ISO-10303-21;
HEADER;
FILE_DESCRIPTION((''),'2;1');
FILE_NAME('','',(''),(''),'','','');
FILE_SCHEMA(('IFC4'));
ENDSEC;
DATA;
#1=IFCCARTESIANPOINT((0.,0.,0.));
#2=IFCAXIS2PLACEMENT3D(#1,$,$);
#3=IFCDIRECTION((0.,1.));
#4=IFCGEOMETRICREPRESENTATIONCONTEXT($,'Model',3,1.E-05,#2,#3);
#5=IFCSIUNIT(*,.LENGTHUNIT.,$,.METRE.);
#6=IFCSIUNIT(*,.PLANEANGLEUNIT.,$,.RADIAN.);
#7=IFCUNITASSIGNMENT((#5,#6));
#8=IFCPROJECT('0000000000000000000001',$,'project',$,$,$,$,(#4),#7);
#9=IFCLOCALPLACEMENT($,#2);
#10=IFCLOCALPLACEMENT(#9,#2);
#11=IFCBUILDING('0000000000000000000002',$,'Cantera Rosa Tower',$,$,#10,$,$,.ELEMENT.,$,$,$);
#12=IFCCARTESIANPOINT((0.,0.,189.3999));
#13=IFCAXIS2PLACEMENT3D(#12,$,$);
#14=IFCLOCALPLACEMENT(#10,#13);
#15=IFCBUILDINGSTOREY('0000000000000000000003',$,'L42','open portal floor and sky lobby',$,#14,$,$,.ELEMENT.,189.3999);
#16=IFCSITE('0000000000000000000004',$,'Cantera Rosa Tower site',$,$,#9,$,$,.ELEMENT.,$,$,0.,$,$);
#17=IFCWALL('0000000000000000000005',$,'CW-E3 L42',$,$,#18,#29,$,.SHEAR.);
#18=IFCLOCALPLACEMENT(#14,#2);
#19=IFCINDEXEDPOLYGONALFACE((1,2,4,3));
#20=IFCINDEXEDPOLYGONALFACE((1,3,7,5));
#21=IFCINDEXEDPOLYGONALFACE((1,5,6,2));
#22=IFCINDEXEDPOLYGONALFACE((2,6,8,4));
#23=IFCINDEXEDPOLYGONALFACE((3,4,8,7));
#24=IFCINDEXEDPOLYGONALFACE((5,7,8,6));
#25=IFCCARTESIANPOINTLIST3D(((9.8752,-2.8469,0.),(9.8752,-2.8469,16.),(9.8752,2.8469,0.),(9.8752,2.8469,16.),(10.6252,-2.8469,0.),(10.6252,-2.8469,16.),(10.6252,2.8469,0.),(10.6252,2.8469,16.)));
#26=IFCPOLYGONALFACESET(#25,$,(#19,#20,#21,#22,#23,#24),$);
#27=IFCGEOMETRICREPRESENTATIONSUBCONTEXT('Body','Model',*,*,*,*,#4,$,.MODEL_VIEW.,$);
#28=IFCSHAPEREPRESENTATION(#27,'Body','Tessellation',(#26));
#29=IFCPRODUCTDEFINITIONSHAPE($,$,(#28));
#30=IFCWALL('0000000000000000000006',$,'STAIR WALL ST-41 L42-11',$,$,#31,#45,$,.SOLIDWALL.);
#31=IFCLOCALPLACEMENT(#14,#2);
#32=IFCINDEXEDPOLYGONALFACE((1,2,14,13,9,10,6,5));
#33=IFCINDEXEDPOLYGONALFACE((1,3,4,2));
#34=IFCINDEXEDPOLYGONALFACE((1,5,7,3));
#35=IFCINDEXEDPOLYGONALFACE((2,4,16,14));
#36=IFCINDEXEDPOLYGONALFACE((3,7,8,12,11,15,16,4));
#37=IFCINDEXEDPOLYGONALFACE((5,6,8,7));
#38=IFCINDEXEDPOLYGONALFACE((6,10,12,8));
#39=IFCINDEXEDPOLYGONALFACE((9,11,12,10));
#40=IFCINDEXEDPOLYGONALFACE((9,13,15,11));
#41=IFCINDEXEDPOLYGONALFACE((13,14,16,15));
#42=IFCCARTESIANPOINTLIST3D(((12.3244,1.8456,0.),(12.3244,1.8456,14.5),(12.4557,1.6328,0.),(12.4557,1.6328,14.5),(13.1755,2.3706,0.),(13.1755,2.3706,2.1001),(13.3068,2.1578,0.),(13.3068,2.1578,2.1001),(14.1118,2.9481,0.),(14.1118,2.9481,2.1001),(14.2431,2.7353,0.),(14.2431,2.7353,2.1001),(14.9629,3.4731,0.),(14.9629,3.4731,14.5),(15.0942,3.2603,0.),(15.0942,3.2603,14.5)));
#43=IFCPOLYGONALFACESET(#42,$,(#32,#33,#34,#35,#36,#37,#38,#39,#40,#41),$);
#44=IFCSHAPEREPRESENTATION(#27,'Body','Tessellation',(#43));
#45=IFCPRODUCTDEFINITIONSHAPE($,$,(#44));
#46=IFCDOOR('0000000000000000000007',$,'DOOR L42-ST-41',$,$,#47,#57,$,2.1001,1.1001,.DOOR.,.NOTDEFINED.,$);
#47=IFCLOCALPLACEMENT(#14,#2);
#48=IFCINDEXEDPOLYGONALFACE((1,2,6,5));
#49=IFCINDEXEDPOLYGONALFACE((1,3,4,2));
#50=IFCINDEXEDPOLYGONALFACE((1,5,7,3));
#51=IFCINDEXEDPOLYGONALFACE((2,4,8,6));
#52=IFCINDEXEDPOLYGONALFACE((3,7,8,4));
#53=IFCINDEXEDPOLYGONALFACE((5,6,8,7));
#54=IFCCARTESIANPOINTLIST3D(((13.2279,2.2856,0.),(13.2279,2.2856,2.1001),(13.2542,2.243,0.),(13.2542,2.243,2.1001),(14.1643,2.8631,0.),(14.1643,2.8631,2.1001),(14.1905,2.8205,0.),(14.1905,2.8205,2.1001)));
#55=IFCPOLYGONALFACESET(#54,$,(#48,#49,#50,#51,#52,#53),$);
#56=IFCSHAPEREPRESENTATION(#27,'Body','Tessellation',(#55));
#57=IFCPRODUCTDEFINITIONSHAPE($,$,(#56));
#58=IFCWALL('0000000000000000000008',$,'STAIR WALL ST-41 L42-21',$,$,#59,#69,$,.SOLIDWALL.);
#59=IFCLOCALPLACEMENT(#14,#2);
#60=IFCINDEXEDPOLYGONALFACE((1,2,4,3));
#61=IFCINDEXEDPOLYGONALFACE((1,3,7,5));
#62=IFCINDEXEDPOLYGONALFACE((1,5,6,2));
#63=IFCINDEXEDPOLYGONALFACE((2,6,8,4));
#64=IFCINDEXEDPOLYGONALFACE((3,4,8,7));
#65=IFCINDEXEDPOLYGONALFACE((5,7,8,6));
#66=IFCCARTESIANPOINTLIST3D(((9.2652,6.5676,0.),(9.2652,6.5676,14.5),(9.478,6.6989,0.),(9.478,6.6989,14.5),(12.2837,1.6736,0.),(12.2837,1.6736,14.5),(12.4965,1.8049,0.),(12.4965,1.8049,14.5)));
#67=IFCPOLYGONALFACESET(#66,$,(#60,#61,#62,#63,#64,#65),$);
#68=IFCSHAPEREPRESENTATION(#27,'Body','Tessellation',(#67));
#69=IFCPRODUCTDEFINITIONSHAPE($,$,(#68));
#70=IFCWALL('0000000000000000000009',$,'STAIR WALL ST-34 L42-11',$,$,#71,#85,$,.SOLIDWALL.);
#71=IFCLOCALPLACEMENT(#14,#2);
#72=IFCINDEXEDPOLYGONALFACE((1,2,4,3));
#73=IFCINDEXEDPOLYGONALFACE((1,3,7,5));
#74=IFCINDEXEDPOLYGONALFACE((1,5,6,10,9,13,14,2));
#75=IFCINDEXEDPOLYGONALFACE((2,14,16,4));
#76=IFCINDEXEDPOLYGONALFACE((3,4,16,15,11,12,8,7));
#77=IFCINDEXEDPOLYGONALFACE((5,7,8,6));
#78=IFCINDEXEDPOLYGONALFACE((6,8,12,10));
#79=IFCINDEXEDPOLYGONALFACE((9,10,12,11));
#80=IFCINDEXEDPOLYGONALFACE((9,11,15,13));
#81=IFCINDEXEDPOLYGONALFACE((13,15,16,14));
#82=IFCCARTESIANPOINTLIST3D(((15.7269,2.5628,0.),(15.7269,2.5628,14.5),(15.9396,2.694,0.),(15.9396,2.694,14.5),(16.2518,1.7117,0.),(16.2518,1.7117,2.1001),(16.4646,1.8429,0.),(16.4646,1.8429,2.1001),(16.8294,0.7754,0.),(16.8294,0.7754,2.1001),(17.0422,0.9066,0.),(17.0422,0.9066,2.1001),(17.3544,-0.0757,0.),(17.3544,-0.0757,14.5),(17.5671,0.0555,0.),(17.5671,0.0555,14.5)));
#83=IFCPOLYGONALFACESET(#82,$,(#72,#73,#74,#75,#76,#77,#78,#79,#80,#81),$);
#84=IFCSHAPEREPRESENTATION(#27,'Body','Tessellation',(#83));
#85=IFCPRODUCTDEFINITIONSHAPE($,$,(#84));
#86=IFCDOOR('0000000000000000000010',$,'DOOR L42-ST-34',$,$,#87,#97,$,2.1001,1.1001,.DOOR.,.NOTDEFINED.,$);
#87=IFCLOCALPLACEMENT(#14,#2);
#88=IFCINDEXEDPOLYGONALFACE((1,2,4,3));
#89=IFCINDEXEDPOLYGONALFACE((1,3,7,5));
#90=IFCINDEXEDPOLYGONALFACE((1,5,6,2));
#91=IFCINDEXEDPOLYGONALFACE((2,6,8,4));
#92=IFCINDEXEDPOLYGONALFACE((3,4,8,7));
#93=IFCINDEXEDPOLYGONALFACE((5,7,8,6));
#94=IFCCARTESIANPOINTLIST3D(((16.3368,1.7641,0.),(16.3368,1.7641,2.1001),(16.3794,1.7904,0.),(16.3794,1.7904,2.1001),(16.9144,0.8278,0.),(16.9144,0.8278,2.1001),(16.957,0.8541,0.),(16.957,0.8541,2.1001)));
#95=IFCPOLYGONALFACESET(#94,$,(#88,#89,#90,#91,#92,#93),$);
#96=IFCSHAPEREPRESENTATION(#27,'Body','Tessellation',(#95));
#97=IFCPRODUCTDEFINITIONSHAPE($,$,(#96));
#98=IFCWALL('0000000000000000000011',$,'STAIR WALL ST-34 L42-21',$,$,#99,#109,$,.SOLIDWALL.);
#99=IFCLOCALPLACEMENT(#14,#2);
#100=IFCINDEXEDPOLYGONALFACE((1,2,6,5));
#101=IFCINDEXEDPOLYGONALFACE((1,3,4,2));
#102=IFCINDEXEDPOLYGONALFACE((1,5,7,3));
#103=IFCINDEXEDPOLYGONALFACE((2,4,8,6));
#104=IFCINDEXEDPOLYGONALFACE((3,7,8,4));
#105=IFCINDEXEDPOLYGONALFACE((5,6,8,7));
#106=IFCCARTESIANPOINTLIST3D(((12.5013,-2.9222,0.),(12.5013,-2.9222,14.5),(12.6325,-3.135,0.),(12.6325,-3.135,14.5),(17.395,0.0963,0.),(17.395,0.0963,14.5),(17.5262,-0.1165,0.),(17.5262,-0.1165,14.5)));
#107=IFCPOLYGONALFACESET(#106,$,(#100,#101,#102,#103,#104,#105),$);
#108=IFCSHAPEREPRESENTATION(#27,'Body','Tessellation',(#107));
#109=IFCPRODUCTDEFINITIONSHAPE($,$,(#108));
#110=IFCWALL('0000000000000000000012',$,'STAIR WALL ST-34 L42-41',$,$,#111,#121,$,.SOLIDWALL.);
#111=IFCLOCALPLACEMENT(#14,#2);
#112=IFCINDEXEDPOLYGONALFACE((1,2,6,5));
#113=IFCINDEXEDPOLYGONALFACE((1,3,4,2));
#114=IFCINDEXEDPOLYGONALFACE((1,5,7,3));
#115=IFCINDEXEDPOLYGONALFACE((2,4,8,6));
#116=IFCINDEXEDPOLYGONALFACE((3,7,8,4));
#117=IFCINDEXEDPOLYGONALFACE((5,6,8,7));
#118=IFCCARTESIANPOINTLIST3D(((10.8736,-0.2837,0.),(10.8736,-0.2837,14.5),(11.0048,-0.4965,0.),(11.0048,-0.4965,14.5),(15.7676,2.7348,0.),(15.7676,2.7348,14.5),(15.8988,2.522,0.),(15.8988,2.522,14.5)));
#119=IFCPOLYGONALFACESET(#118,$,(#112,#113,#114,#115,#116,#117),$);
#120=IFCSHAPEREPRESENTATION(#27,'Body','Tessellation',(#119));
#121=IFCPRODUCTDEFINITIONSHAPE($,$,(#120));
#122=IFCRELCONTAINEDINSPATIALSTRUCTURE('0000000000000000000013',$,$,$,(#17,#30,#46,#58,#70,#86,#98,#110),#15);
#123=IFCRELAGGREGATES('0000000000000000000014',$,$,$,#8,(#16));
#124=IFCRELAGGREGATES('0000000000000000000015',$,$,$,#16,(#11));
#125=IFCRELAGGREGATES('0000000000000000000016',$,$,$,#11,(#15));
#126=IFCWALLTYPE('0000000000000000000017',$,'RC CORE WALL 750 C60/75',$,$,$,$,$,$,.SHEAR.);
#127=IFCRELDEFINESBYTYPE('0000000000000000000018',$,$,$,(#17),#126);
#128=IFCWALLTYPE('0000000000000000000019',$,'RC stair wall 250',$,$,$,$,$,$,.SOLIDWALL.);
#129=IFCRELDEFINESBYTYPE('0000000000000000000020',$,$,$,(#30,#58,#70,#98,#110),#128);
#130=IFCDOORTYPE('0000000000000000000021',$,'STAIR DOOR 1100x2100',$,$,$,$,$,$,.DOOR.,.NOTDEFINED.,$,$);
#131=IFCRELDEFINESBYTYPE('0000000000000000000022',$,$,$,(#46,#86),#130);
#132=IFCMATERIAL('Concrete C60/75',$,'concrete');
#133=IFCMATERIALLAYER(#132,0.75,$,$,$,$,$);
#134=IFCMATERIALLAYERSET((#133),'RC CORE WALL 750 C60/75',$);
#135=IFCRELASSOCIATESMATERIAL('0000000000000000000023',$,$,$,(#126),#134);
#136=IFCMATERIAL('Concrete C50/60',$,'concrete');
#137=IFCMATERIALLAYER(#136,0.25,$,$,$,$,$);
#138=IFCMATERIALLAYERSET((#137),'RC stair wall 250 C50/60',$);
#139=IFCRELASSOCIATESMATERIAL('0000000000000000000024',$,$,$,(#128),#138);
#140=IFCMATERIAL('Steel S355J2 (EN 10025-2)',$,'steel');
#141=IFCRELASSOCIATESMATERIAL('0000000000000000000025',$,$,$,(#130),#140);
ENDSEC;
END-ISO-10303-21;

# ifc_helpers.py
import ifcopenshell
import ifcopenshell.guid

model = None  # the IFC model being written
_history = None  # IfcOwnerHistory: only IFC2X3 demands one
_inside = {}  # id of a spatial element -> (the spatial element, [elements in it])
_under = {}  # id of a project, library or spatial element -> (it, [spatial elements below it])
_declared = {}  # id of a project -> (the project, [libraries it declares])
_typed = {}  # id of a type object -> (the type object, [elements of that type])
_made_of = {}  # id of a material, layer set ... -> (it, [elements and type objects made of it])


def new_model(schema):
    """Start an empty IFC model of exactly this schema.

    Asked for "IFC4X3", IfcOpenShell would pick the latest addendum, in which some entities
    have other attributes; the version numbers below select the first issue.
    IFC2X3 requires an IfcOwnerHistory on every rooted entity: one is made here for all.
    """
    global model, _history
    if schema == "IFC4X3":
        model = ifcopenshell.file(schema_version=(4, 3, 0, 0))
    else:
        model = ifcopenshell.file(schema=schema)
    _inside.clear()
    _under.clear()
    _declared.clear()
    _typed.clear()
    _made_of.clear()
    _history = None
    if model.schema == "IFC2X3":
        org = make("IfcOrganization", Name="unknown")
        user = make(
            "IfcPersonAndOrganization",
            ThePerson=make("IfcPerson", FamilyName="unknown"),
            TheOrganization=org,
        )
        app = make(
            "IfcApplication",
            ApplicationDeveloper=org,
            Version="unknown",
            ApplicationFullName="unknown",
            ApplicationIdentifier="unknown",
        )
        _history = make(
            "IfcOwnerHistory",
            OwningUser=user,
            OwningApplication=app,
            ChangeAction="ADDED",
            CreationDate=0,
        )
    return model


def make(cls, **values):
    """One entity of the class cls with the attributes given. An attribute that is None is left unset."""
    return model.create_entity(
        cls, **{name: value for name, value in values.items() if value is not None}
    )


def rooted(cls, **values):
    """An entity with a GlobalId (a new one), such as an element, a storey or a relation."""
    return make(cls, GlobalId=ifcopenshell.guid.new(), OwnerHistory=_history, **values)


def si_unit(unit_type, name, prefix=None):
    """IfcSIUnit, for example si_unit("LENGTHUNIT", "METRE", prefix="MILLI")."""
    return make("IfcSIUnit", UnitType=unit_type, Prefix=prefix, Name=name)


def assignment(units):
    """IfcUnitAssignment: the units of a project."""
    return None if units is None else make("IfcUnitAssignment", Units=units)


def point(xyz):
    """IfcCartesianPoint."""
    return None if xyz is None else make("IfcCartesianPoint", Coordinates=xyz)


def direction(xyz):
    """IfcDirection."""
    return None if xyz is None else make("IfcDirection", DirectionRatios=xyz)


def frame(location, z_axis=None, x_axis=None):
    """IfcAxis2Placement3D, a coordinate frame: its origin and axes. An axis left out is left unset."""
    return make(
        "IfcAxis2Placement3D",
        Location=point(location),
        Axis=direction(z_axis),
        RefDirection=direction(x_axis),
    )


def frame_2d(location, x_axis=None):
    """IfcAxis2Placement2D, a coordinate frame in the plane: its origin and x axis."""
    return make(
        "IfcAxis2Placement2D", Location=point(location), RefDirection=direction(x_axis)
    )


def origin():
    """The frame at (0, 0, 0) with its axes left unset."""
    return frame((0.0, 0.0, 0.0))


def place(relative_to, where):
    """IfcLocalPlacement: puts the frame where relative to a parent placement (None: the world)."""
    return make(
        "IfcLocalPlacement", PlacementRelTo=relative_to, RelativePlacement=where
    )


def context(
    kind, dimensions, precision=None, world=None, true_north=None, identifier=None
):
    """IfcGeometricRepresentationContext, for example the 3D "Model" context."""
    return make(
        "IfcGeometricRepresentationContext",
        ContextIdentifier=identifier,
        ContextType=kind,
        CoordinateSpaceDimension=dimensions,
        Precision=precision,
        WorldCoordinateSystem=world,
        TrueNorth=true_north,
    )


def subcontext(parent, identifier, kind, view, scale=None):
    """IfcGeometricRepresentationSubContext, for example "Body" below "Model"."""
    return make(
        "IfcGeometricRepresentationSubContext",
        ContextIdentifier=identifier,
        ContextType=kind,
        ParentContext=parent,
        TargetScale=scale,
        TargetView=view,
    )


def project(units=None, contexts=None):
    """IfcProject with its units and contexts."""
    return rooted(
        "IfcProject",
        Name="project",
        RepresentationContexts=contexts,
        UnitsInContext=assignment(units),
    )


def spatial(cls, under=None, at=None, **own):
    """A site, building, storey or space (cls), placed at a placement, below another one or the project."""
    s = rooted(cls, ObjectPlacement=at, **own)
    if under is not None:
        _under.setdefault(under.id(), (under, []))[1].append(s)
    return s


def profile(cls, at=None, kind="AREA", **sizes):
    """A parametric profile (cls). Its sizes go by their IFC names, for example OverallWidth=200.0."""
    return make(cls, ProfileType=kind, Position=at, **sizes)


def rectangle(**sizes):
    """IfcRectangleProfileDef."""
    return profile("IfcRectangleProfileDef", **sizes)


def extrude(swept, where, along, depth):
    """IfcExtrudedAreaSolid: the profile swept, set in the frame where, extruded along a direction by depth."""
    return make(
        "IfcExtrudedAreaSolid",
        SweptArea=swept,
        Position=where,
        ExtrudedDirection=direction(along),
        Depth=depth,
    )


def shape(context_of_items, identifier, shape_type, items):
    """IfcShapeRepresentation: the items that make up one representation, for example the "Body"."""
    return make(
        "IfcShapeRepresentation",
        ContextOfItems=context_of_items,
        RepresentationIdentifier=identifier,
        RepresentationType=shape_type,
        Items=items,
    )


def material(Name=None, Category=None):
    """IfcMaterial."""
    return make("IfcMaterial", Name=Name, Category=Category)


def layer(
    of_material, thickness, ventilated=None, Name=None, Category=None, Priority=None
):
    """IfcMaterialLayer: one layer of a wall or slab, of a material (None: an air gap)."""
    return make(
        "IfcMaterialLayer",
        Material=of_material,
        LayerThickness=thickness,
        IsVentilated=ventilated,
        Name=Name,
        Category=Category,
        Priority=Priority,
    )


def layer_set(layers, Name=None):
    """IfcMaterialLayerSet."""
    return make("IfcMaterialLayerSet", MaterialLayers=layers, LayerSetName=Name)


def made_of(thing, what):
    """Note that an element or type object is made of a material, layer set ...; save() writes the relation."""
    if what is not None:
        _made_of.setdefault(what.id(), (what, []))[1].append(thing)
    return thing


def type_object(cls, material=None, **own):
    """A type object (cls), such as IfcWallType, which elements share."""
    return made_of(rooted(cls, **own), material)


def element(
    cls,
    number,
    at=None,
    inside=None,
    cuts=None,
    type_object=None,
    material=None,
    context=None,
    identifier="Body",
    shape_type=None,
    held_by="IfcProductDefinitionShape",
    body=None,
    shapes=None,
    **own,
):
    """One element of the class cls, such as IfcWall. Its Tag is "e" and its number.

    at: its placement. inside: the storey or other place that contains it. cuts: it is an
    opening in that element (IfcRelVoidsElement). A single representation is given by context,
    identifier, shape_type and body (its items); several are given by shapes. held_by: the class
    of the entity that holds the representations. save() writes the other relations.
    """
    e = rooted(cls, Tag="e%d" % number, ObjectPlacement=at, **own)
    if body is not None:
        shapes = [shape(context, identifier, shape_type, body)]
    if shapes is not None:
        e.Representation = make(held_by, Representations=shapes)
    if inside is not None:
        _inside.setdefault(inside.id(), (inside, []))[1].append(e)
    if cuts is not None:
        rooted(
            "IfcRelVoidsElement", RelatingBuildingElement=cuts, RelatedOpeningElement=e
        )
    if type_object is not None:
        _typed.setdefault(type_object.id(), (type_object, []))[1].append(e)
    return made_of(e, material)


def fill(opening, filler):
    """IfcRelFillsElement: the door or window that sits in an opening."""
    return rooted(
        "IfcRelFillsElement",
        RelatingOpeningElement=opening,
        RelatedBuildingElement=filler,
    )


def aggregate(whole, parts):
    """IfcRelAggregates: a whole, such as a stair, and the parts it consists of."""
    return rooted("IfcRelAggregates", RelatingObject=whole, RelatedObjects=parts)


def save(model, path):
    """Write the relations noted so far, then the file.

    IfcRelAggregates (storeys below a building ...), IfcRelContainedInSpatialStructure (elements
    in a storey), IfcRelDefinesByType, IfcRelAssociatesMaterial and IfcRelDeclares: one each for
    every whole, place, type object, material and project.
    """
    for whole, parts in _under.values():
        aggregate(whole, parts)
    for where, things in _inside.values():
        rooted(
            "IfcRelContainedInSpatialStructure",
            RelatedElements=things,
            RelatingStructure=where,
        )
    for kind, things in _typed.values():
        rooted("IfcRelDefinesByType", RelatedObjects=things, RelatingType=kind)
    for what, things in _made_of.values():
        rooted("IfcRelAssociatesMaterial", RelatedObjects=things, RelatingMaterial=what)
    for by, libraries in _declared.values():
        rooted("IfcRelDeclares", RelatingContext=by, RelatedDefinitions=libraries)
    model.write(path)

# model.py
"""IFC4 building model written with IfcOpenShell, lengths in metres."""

from ifc_helpers import new_model, si_unit, direction, frame, frame_2d, origin, place, context, subcontext, project, spatial, rectangle, extrude, material, layer, layer_set, type_object, element, fill, save


model = new_model("IFC4")

# Units and contexts
model_context = context("Model", 3, precision=1e-05, world=origin(), true_north=direction((0.0, 1.0)))
body_context = subcontext(model_context, "Body", "Model", "MODEL_VIEW")
ifc_project = project(units=[si_unit("LENGTHUNIT", "METRE"), si_unit("PLANEANGLEUNIT", "RADIAN")], contexts=[model_context])

# Site, building, storey
site_placement = place(None, origin())
site = spatial("IfcSite", under=ifc_project, at=site_placement, Name="Cantera Rosa Tower site", CompositionType="ELEMENT", RefElevation=0.0)
building_placement = place(site_placement, origin())
building = spatial("IfcBuilding", under=site, at=building_placement, Name="Cantera Rosa Tower", CompositionType="ELEMENT")
storey_placement = place(building_placement, frame((0.0, 0.0, 189.3999)))
storey = spatial("IfcBuildingStorey", under=building, at=storey_placement, Name="L42", Description="open portal floor and sky lobby", CompositionType="ELEMENT", Elevation=189.3999)

# Wall
ifc_material_1 = material(Name="Concrete C60/75", Category="concrete")
ifc_layer_1 = layer(ifc_material_1, 0.75)
ifc_layer_set_1 = layer_set([ifc_layer_1], Name="RC CORE WALL 750 C60/75")
wall_type_1 = type_object("IfcWallType", Name="RC CORE WALL 750 C60/75", PredefinedType="SHEAR", material=ifc_layer_set_1)
wall_1_placement = place(storey_placement, frame((10.2502, 2.8469, 0.0), z_axis=(0.0, 0.0, 1.0), x_axis=(0.0, -1.0, 0.0)))
element("IfcWall", 1, at=wall_1_placement, inside=storey, type_object=wall_type_1, Name="CW-E3 L42", PredefinedType="SHEAR", context=body_context, shape_type="SweptSolid", body=[
    extrude(rectangle(XDim=5.6938, YDim=0.75, at=frame_2d((2.8469, 0.0))), origin(), (0.0, 0.0, 1.0), 16.0),
])

# Wall, opening, door
ifc_material_2 = material(Name="Concrete C50/60", Category="concrete")
ifc_layer_2 = layer(ifc_material_2, 0.25)
ifc_layer_set_2 = layer_set([ifc_layer_2], Name="RC stair wall 250 C50/60")
wall_type_2 = type_object("IfcWallType", Name="RC stair wall 250", PredefinedType="SOLIDWALL", material=ifc_layer_set_2)
wall_2_placement = place(storey_placement, frame((15.0286, 3.3667, 0.0), z_axis=(0.0, 0.0, 1.0), x_axis=(-0.851112, -0.524985, 0.0)))
wall_2 = element("IfcWall", 2, at=wall_2_placement, inside=storey, type_object=wall_type_2, Name="STAIR WALL ST-41 L42-11", PredefinedType="SOLIDWALL", context=body_context, shape_type="SweptSolid", body=[
    extrude(rectangle(XDim=3.1001, YDim=0.25, at=frame_2d((1.55, 0.0))), origin(), (0.0, 0.0, 1.0), 14.5),
])
opening_1_placement = place(wall_2_placement, frame((1.0, 0.0, 0.0)))
opening_1 = element("IfcOpeningElement", 3, at=opening_1_placement, cuts=wall_2, PredefinedType="OPENING", context=body_context, shape_type="SweptSolid", body=[
    extrude(rectangle(XDim=1.1001, YDim=2.1001, at=frame_2d((0.55, 1.05))), frame((0.0, 0.135, 0.0), z_axis=(0.0, -1.0, 0.0), x_axis=(1.0, 0.0, 0.0)), (0.0, 0.0, 1.0), 0.27),
])
ifc_material_3 = material(Name="Steel S355J2 (EN 10025-2)", Category="steel")
door_type = type_object("IfcDoorType", Name="STAIR DOOR 1100x2100", OperationType="NOTDEFINED", PredefinedType="DOOR", material=ifc_material_3)
door_1_placement = place(opening_1_placement, origin())
door_1 = element("IfcDoor", 4, at=door_1_placement, inside=storey, type_object=door_type, Name="DOOR L42-ST-41", OperationType="NOTDEFINED", OverallHeight=2.1001, OverallWidth=1.1001, PredefinedType="DOOR", context=body_context, shape_type="SweptSolid", body=[
    extrude(rectangle(XDim=1.1001, YDim=2.1001, at=frame_2d((0.55, 1.05))), frame((0.0, 0.0249, 0.0), z_axis=(0.0, -1.0, 0.0), x_axis=(1.0, 0.0, 0.0)), (0.0, 0.0, 1.0), 0.05),
])
fill(opening_1, door_1)

# Wall
wall_3_placement = place(storey_placement, frame((12.3901, 1.7393, 0.0), z_axis=(0.0, 0.0, 1.0), x_axis=(-0.524959, 0.851127, 0.0)))
element("IfcWall", 5, at=wall_3_placement, inside=storey, type_object=wall_type_2, Name="STAIR WALL ST-41 L42-21", PredefinedType="SOLIDWALL", context=body_context, shape_type="SweptSolid", body=[
    extrude(rectangle(XDim=5.75, YDim=0.25, at=frame_2d((2.875, 0.0))), origin(), (0.0, 0.0, 1.0), 14.5),
])

# Wall, opening, door
wall_4_placement = place(storey_placement, frame((15.8333, 2.6284, 0.0), z_axis=(0.0, 0.0, 1.0), x_axis=(0.524985, -0.851112, 0.0)))
wall_4 = element("IfcWall", 6, at=wall_4_placement, inside=storey, type_object=wall_type_2, Name="STAIR WALL ST-34 L42-11", PredefinedType="SOLIDWALL", context=body_context, shape_type="SweptSolid", body=[
    extrude(rectangle(XDim=3.1001, YDim=0.25, at=frame_2d((1.55, 0.0))), origin(), (0.0, 0.0, 1.0), 14.5),
])
opening_2_placement = place(wall_4_placement, frame((1.0, 0.0, 0.0)))
opening_2 = element("IfcOpeningElement", 7, at=opening_2_placement, cuts=wall_4, PredefinedType="OPENING", context=body_context, shape_type="SweptSolid", body=[
    extrude(rectangle(XDim=1.1001, YDim=2.1001, at=frame_2d((0.55, 1.05))), frame((0.0, 0.135, 0.0), z_axis=(0.0, -1.0, 0.0), x_axis=(1.0, 0.0, 0.0)), (0.0, 0.0, 1.0), 0.27),
])
door_2_placement = place(opening_2_placement, origin())
door_2 = element("IfcDoor", 8, at=door_2_placement, inside=storey, type_object=door_type, Name="DOOR L42-ST-34", OperationType="NOTDEFINED", OverallHeight=2.1001, OverallWidth=1.1001, PredefinedType="DOOR", context=body_context, shape_type="SweptSolid", body=[
    extrude(rectangle(XDim=1.1001, YDim=2.1001, at=frame_2d((0.55, 1.05))), frame((0.0, 0.0249, 0.0), z_axis=(0.0, -1.0, 0.0), x_axis=(1.0, 0.0, 0.0)), (0.0, 0.0, 1.0), 0.05),
])
fill(opening_2, door_2)

# Walls
wall_5_placement = place(storey_placement, frame((17.4607, -0.01, 0.0), z_axis=(0.0, 0.0, 1.0), x_axis=(-0.851116, -0.524978, 0.0)))
element("IfcWall", 9, at=wall_5_placement, inside=storey, type_object=wall_type_2, Name="STAIR WALL ST-34 L42-21", PredefinedType="SOLIDWALL", context=body_context, shape_type="SweptSolid", body=[
    extrude(rectangle(XDim=5.7498, YDim=0.25, at=frame_2d((2.875, 0.0))), origin(), (0.0, 0.0, 1.0), 14.5),
])
wall_6_placement = place(storey_placement, frame((10.9392, -0.3901, 0.0), z_axis=(0.0, 0.0, 1.0), x_axis=(0.851127, 0.524959, 0.0)))
element("IfcWall", 10, at=wall_6_placement, inside=storey, type_object=wall_type_2, Name="STAIR WALL ST-34 L42-41", PredefinedType="SOLIDWALL", context=body_context, shape_type="SweptSolid", body=[
    extrude(rectangle(XDim=5.75, YDim=0.25, at=frame_2d((2.875, 0.0))), origin(), (0.0, 0.0, 1.0), 14.5),
])

save(model, "model.ifc")
